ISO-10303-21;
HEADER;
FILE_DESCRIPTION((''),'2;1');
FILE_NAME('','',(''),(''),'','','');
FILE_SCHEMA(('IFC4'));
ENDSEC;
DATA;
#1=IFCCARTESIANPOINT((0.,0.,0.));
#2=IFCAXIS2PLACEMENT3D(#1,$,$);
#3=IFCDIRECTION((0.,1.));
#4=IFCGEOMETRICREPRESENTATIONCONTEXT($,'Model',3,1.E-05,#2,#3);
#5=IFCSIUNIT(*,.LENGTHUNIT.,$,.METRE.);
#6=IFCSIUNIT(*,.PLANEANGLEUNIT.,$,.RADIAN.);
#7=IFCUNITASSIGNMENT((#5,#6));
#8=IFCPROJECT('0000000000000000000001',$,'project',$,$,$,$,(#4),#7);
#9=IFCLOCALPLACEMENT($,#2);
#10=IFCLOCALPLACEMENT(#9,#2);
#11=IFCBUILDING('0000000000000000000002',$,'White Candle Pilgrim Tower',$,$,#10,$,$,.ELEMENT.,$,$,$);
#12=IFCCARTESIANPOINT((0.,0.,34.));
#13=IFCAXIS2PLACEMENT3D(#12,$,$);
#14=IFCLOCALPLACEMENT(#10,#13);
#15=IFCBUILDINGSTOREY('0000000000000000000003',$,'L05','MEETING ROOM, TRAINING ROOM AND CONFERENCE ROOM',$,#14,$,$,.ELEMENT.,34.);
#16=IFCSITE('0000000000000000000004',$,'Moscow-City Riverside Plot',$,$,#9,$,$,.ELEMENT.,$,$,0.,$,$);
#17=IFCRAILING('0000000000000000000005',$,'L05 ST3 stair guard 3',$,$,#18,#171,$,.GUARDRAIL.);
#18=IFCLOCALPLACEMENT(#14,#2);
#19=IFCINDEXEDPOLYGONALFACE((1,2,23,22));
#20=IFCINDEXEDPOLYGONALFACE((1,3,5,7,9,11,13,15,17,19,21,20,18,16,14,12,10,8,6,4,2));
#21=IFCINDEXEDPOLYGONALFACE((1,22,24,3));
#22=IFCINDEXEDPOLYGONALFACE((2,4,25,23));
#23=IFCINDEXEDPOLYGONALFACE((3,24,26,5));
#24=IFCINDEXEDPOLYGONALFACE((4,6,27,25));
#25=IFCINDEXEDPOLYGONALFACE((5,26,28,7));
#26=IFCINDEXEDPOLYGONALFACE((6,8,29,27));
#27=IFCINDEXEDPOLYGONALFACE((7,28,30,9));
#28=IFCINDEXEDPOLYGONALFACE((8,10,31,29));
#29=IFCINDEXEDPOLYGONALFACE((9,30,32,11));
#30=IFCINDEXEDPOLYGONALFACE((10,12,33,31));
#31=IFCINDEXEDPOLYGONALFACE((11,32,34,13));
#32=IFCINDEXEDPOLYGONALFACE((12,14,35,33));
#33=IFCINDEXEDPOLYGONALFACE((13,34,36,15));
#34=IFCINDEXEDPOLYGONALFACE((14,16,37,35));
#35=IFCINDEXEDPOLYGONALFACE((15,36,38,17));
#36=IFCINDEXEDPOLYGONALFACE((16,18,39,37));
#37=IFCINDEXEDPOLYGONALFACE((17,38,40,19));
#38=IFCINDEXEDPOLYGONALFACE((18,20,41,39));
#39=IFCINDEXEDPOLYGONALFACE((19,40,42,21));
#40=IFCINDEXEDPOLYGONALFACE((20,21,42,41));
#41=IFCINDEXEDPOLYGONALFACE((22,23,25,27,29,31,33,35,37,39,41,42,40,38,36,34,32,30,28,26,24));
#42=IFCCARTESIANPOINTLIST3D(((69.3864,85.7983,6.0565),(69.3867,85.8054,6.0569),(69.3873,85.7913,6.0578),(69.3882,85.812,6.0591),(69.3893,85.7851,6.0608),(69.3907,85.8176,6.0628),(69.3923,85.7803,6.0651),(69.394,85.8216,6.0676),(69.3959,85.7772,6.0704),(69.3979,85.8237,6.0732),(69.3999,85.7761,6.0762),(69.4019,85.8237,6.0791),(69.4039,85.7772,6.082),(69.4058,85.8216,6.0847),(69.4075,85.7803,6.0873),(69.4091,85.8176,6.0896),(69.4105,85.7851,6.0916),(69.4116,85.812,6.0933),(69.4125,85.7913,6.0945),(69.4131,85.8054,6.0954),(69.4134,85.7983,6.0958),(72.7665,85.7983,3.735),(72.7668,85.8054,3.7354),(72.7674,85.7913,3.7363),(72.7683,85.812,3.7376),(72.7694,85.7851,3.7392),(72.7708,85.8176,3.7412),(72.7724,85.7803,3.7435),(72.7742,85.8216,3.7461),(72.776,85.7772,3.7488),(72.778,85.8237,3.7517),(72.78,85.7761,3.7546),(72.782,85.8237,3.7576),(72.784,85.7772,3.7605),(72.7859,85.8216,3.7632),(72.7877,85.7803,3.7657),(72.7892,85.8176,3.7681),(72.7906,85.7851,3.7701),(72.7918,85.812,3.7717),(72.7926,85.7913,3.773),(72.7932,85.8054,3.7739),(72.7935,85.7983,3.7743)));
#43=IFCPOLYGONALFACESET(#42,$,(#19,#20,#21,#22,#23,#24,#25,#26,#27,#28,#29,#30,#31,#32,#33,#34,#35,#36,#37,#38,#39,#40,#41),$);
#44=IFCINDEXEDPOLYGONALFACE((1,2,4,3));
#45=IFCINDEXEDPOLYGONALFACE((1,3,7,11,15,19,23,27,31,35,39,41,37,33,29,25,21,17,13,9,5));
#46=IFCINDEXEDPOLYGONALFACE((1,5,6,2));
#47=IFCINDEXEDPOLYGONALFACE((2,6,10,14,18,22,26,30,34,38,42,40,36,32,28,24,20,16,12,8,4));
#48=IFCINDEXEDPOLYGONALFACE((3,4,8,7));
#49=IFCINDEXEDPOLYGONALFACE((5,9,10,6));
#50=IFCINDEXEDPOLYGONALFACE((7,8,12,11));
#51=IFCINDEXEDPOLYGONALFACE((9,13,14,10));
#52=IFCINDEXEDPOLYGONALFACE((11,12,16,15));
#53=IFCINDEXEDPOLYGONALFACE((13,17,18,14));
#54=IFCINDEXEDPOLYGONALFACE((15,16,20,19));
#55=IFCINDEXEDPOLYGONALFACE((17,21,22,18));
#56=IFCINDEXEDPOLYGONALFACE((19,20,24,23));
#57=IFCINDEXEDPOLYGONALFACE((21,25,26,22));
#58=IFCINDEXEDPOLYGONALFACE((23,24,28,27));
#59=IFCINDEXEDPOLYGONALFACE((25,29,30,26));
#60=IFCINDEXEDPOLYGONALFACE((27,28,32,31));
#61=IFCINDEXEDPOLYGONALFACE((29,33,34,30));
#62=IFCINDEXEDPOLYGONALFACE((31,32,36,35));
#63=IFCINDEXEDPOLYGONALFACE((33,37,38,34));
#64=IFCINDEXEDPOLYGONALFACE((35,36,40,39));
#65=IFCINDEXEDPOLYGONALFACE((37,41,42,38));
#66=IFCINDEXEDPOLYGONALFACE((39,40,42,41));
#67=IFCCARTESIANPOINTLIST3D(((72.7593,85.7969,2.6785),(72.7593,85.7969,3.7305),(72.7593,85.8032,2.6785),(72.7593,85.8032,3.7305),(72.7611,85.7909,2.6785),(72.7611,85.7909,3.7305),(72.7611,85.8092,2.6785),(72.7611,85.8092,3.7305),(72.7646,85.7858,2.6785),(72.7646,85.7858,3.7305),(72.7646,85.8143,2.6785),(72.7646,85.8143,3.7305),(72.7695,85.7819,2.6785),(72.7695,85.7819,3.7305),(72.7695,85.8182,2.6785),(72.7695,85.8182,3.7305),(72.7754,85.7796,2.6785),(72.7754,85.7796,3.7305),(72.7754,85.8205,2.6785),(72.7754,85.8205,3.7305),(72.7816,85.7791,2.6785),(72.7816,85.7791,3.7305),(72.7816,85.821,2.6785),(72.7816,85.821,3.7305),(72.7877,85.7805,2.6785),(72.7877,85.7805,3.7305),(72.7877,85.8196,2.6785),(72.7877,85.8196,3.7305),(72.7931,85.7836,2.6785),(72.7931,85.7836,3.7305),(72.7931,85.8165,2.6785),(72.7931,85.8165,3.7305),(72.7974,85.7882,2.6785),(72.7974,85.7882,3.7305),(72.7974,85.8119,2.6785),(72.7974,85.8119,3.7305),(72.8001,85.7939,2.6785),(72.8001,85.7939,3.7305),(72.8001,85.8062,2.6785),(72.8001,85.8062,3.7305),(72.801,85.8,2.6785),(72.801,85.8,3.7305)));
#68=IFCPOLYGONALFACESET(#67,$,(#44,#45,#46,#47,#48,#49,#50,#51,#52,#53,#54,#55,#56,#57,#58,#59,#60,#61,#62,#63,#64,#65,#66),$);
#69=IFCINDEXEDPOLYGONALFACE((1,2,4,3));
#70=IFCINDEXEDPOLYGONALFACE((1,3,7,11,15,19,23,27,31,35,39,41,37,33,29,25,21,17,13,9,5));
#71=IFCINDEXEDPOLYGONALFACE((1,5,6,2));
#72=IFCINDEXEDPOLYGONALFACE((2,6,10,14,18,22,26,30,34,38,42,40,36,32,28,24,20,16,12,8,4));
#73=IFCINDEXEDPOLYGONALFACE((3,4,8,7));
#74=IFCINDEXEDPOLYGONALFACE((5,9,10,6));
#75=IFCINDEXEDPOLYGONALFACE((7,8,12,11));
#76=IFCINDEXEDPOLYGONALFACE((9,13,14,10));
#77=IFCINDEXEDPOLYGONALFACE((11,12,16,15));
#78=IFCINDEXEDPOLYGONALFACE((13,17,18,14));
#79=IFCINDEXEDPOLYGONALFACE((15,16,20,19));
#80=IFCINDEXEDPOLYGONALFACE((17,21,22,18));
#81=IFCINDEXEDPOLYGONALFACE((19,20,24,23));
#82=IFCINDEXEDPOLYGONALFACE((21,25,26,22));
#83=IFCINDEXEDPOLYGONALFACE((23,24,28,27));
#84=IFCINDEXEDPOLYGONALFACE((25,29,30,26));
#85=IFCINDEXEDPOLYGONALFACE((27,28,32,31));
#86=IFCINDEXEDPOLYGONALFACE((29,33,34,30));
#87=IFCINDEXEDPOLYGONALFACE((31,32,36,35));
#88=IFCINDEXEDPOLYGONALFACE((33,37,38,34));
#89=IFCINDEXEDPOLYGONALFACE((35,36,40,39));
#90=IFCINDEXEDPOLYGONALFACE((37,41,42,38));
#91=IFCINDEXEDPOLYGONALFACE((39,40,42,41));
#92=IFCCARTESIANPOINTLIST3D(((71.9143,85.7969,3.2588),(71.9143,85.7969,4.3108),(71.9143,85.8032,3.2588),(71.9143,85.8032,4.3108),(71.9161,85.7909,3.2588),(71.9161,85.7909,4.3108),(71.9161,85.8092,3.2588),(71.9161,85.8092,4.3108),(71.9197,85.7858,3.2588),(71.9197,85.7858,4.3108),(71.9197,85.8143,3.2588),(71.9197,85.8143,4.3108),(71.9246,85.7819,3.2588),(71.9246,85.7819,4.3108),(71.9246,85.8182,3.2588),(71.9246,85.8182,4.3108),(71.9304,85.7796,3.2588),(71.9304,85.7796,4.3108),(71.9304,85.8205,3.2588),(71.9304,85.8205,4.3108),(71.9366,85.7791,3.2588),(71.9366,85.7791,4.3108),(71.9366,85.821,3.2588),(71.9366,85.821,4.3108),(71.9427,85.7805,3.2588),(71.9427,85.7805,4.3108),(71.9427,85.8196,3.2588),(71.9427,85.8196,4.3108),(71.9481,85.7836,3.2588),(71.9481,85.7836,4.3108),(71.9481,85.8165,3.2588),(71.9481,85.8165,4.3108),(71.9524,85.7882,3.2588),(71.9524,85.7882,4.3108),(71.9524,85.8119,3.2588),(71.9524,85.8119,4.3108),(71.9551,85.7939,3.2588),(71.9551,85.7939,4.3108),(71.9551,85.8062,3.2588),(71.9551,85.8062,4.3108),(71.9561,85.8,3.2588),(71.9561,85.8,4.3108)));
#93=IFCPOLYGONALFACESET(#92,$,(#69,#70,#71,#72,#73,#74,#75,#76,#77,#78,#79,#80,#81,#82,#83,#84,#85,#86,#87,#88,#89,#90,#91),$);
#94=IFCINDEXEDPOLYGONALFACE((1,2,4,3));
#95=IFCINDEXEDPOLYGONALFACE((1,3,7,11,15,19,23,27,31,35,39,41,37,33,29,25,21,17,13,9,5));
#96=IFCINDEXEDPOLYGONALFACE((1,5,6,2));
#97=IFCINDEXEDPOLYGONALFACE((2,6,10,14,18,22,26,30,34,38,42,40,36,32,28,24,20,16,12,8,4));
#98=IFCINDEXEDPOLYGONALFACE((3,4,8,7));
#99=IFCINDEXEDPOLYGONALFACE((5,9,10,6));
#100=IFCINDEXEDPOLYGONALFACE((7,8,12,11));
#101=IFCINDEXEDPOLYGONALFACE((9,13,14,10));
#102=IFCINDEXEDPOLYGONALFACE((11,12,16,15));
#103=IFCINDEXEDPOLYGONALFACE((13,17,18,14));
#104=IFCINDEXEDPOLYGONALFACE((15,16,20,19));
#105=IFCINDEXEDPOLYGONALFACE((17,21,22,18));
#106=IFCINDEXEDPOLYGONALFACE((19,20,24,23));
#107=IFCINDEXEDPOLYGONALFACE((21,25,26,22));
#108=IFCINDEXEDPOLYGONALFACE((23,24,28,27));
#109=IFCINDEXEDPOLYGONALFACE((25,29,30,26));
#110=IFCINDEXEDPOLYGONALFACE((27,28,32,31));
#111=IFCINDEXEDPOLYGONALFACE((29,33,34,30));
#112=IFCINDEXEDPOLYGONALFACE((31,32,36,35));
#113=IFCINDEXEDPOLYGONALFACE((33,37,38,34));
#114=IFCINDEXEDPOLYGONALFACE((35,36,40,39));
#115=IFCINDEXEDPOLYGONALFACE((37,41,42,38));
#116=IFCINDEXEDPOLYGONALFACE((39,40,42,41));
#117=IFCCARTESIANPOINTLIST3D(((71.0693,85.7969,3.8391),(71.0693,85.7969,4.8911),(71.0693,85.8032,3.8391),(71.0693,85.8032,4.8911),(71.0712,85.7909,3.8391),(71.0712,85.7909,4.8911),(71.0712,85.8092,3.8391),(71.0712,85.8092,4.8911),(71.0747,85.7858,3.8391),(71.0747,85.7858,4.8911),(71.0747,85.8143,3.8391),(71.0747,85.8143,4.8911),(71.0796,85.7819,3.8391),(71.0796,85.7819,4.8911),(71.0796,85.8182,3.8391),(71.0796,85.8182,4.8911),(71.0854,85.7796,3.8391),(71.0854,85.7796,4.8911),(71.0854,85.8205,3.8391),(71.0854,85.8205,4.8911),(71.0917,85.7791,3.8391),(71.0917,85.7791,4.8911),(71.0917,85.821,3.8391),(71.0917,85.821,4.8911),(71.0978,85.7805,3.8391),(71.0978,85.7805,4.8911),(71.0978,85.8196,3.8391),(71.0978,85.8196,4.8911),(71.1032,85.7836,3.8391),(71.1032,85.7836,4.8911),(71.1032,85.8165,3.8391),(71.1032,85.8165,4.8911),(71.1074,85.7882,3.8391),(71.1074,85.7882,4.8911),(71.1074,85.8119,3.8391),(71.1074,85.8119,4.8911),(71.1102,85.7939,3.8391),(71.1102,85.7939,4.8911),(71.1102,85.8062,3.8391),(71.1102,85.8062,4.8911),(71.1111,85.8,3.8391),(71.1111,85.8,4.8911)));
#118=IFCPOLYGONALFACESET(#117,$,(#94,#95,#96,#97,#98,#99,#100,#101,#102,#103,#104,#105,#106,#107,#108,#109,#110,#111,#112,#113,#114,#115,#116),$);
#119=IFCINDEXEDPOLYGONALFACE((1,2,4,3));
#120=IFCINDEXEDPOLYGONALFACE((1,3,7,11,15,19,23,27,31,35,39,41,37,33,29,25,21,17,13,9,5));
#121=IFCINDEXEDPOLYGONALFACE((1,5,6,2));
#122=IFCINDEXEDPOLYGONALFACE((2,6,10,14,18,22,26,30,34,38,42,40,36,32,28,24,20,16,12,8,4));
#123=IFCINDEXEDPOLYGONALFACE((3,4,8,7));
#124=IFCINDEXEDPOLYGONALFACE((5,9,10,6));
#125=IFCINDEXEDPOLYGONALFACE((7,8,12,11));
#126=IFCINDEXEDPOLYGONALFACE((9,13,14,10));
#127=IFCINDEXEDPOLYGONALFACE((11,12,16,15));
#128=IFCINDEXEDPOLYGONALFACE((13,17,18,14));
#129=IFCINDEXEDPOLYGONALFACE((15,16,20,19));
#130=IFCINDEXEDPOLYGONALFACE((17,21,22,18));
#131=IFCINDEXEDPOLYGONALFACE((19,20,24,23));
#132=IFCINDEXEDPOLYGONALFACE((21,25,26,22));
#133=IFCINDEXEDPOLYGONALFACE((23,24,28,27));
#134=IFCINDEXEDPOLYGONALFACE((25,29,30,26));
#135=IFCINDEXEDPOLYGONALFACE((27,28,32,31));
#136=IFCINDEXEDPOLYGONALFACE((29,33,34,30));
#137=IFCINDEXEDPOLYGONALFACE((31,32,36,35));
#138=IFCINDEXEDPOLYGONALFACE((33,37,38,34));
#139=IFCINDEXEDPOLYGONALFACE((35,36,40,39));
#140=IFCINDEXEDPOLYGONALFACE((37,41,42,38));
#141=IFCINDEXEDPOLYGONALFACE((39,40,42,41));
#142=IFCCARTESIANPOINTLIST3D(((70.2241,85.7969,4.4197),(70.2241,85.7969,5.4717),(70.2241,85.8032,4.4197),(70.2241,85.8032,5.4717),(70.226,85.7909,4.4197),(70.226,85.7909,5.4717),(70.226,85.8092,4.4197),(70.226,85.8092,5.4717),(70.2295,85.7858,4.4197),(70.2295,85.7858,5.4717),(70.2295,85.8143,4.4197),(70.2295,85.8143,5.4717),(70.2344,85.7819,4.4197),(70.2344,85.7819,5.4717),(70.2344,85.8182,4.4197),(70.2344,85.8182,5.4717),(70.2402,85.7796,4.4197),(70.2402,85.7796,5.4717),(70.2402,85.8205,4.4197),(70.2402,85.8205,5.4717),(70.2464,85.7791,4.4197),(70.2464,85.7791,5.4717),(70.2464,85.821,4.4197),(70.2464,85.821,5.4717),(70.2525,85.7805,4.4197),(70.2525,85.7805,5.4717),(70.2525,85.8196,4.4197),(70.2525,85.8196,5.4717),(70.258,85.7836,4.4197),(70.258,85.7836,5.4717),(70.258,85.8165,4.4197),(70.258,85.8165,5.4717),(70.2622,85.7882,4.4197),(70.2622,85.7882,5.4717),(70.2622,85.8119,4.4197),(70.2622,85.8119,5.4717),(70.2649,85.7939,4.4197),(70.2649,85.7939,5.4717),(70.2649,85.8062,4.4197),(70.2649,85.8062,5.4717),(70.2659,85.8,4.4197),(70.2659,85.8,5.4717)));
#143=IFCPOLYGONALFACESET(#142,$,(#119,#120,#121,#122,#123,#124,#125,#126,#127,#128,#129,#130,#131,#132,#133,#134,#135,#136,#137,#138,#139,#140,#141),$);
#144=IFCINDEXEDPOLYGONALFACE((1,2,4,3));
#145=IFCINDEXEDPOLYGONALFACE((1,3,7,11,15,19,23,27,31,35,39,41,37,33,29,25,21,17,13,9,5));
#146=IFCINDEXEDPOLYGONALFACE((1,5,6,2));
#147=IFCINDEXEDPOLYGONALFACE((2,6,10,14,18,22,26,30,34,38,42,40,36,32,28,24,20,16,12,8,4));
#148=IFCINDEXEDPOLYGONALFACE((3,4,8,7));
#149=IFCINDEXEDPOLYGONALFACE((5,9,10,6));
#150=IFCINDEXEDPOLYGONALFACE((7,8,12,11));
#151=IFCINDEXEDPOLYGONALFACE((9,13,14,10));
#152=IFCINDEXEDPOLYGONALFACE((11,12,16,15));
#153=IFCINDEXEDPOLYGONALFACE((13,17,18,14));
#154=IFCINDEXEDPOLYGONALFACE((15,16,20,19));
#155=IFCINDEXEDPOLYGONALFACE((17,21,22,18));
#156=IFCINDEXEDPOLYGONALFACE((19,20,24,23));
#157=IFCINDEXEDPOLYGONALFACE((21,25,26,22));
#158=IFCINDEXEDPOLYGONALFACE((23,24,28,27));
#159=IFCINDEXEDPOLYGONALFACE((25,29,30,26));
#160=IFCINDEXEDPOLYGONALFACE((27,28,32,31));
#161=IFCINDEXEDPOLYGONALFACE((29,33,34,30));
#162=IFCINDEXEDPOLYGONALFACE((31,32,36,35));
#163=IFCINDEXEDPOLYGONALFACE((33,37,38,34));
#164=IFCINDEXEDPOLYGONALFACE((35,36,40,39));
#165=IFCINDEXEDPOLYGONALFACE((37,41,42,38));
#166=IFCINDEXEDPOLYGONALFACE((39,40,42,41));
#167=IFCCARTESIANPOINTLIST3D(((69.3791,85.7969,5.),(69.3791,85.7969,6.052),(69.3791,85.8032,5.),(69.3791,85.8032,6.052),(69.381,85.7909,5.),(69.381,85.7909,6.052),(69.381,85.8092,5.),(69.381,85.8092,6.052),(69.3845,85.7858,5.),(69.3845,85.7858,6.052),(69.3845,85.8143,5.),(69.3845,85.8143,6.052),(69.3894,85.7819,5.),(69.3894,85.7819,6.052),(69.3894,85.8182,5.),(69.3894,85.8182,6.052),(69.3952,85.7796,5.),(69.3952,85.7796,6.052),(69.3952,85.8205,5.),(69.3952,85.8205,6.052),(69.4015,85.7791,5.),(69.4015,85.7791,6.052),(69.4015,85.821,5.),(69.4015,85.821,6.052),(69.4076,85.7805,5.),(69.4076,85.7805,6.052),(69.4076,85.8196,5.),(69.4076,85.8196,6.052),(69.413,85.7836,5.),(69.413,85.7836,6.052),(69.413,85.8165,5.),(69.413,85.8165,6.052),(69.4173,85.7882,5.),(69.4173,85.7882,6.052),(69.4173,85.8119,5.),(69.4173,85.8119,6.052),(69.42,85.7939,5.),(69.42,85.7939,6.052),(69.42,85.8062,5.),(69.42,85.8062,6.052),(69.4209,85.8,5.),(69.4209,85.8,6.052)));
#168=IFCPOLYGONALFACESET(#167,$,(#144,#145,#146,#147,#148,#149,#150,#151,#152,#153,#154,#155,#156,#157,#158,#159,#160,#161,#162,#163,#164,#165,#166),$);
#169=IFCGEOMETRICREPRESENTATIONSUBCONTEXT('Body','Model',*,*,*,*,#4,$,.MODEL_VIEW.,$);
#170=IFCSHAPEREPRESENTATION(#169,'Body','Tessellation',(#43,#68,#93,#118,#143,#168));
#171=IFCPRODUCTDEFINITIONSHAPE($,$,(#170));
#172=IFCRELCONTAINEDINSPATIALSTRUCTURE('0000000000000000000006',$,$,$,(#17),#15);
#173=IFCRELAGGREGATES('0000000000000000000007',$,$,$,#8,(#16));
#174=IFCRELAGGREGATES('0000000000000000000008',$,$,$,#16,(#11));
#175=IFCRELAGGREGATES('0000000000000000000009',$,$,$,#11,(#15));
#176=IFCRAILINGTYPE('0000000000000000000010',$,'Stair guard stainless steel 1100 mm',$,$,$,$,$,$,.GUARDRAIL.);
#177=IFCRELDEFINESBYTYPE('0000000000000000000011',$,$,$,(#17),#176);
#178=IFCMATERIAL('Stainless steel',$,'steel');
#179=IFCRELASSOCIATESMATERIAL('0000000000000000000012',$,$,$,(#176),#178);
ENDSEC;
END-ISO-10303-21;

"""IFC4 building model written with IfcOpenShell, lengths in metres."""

from ifc_helpers import new_model, si_unit, direction, frame, origin, origin_2d, place, context, subcontext, project, spatial, circle, extrude, material, type_object, element, save


model = new_model("IFC4")

# Units and contexts
model_context = context("Model", 3, precision=1e-05, world=origin(), true_north=direction((0.0, 1.0)))
body_context = subcontext(model_context, "Body", "Model", "MODEL_VIEW")
ifc_project = project(units=[si_unit("LENGTHUNIT", "METRE"), si_unit("PLANEANGLEUNIT", "RADIAN")], contexts=[model_context])

# Site, building, storey
site_placement = place(None, origin())
site = spatial("IfcSite", under=ifc_project, at=site_placement, Name="Moscow-City Riverside Plot", CompositionType="ELEMENT", RefElevation=0.0)
building_placement = place(site_placement, origin())
building = spatial("IfcBuilding", under=site, at=building_placement, Name="White Candle Pilgrim Tower", CompositionType="ELEMENT")
storey_placement = place(building_placement, frame((0.0, 0.0, 34.0)))
storey = spatial("IfcBuildingStorey", under=building, at=storey_placement, Name="L05", Description="MEETING ROOM, TRAINING ROOM AND CONFERENCE ROOM", CompositionType="ELEMENT", Elevation=34.0)

# Railing
ifc_material_1 = material(Name="Stainless steel", Category="steel")
railing_type_1 = type_object("IfcRailingType", Name="Stair guard stainless steel 1100 mm", PredefinedType="GUARDRAIL", material=ifc_material_1)
railing_1_placement = place(storey_placement, frame((72.78, 85.8, 2.6785)))
element("IfcRailing", 1, at=railing_1_placement, inside=storey, type_object=railing_type_1, Name="L05 ST3 stair guard 3", PredefinedType="GUARDRAIL", context=body_context, shape_type="SweptSolid", body=[
    extrude(circle(Radius=0.0239, at=origin_2d()), frame((0.0, 0.0, 1.0762), z_axis=(-0.824304, 0.0, 0.566147), x_axis=(0.0, -1.0, 0.0)), (0.0, 0.0, 1.0), 4.1006),
    extrude(circle(Radius=0.021, at=origin_2d()), origin(), (0.0, 0.0, 1.0), 1.052),
    extrude(circle(Radius=0.021, at=origin_2d()), frame((-0.845, 0.0, 0.5803)), (0.0, 0.0, 1.0), 1.052),
    extrude(circle(Radius=0.021, at=origin_2d()), frame((-1.6899, 0.0, 1.1606)), (0.0, 0.0, 1.0), 1.052),
    extrude(circle(Radius=0.021, at=origin_2d()), frame((-2.5352, 0.0, 1.7412)), (0.0, 0.0, 1.0), 1.052),
    extrude(circle(Radius=0.021, at=origin_2d()), frame((-3.3801, 0.0, 2.3215)), (0.0, 0.0, 1.0), 1.052),
])

save(model, "model.ifc")
